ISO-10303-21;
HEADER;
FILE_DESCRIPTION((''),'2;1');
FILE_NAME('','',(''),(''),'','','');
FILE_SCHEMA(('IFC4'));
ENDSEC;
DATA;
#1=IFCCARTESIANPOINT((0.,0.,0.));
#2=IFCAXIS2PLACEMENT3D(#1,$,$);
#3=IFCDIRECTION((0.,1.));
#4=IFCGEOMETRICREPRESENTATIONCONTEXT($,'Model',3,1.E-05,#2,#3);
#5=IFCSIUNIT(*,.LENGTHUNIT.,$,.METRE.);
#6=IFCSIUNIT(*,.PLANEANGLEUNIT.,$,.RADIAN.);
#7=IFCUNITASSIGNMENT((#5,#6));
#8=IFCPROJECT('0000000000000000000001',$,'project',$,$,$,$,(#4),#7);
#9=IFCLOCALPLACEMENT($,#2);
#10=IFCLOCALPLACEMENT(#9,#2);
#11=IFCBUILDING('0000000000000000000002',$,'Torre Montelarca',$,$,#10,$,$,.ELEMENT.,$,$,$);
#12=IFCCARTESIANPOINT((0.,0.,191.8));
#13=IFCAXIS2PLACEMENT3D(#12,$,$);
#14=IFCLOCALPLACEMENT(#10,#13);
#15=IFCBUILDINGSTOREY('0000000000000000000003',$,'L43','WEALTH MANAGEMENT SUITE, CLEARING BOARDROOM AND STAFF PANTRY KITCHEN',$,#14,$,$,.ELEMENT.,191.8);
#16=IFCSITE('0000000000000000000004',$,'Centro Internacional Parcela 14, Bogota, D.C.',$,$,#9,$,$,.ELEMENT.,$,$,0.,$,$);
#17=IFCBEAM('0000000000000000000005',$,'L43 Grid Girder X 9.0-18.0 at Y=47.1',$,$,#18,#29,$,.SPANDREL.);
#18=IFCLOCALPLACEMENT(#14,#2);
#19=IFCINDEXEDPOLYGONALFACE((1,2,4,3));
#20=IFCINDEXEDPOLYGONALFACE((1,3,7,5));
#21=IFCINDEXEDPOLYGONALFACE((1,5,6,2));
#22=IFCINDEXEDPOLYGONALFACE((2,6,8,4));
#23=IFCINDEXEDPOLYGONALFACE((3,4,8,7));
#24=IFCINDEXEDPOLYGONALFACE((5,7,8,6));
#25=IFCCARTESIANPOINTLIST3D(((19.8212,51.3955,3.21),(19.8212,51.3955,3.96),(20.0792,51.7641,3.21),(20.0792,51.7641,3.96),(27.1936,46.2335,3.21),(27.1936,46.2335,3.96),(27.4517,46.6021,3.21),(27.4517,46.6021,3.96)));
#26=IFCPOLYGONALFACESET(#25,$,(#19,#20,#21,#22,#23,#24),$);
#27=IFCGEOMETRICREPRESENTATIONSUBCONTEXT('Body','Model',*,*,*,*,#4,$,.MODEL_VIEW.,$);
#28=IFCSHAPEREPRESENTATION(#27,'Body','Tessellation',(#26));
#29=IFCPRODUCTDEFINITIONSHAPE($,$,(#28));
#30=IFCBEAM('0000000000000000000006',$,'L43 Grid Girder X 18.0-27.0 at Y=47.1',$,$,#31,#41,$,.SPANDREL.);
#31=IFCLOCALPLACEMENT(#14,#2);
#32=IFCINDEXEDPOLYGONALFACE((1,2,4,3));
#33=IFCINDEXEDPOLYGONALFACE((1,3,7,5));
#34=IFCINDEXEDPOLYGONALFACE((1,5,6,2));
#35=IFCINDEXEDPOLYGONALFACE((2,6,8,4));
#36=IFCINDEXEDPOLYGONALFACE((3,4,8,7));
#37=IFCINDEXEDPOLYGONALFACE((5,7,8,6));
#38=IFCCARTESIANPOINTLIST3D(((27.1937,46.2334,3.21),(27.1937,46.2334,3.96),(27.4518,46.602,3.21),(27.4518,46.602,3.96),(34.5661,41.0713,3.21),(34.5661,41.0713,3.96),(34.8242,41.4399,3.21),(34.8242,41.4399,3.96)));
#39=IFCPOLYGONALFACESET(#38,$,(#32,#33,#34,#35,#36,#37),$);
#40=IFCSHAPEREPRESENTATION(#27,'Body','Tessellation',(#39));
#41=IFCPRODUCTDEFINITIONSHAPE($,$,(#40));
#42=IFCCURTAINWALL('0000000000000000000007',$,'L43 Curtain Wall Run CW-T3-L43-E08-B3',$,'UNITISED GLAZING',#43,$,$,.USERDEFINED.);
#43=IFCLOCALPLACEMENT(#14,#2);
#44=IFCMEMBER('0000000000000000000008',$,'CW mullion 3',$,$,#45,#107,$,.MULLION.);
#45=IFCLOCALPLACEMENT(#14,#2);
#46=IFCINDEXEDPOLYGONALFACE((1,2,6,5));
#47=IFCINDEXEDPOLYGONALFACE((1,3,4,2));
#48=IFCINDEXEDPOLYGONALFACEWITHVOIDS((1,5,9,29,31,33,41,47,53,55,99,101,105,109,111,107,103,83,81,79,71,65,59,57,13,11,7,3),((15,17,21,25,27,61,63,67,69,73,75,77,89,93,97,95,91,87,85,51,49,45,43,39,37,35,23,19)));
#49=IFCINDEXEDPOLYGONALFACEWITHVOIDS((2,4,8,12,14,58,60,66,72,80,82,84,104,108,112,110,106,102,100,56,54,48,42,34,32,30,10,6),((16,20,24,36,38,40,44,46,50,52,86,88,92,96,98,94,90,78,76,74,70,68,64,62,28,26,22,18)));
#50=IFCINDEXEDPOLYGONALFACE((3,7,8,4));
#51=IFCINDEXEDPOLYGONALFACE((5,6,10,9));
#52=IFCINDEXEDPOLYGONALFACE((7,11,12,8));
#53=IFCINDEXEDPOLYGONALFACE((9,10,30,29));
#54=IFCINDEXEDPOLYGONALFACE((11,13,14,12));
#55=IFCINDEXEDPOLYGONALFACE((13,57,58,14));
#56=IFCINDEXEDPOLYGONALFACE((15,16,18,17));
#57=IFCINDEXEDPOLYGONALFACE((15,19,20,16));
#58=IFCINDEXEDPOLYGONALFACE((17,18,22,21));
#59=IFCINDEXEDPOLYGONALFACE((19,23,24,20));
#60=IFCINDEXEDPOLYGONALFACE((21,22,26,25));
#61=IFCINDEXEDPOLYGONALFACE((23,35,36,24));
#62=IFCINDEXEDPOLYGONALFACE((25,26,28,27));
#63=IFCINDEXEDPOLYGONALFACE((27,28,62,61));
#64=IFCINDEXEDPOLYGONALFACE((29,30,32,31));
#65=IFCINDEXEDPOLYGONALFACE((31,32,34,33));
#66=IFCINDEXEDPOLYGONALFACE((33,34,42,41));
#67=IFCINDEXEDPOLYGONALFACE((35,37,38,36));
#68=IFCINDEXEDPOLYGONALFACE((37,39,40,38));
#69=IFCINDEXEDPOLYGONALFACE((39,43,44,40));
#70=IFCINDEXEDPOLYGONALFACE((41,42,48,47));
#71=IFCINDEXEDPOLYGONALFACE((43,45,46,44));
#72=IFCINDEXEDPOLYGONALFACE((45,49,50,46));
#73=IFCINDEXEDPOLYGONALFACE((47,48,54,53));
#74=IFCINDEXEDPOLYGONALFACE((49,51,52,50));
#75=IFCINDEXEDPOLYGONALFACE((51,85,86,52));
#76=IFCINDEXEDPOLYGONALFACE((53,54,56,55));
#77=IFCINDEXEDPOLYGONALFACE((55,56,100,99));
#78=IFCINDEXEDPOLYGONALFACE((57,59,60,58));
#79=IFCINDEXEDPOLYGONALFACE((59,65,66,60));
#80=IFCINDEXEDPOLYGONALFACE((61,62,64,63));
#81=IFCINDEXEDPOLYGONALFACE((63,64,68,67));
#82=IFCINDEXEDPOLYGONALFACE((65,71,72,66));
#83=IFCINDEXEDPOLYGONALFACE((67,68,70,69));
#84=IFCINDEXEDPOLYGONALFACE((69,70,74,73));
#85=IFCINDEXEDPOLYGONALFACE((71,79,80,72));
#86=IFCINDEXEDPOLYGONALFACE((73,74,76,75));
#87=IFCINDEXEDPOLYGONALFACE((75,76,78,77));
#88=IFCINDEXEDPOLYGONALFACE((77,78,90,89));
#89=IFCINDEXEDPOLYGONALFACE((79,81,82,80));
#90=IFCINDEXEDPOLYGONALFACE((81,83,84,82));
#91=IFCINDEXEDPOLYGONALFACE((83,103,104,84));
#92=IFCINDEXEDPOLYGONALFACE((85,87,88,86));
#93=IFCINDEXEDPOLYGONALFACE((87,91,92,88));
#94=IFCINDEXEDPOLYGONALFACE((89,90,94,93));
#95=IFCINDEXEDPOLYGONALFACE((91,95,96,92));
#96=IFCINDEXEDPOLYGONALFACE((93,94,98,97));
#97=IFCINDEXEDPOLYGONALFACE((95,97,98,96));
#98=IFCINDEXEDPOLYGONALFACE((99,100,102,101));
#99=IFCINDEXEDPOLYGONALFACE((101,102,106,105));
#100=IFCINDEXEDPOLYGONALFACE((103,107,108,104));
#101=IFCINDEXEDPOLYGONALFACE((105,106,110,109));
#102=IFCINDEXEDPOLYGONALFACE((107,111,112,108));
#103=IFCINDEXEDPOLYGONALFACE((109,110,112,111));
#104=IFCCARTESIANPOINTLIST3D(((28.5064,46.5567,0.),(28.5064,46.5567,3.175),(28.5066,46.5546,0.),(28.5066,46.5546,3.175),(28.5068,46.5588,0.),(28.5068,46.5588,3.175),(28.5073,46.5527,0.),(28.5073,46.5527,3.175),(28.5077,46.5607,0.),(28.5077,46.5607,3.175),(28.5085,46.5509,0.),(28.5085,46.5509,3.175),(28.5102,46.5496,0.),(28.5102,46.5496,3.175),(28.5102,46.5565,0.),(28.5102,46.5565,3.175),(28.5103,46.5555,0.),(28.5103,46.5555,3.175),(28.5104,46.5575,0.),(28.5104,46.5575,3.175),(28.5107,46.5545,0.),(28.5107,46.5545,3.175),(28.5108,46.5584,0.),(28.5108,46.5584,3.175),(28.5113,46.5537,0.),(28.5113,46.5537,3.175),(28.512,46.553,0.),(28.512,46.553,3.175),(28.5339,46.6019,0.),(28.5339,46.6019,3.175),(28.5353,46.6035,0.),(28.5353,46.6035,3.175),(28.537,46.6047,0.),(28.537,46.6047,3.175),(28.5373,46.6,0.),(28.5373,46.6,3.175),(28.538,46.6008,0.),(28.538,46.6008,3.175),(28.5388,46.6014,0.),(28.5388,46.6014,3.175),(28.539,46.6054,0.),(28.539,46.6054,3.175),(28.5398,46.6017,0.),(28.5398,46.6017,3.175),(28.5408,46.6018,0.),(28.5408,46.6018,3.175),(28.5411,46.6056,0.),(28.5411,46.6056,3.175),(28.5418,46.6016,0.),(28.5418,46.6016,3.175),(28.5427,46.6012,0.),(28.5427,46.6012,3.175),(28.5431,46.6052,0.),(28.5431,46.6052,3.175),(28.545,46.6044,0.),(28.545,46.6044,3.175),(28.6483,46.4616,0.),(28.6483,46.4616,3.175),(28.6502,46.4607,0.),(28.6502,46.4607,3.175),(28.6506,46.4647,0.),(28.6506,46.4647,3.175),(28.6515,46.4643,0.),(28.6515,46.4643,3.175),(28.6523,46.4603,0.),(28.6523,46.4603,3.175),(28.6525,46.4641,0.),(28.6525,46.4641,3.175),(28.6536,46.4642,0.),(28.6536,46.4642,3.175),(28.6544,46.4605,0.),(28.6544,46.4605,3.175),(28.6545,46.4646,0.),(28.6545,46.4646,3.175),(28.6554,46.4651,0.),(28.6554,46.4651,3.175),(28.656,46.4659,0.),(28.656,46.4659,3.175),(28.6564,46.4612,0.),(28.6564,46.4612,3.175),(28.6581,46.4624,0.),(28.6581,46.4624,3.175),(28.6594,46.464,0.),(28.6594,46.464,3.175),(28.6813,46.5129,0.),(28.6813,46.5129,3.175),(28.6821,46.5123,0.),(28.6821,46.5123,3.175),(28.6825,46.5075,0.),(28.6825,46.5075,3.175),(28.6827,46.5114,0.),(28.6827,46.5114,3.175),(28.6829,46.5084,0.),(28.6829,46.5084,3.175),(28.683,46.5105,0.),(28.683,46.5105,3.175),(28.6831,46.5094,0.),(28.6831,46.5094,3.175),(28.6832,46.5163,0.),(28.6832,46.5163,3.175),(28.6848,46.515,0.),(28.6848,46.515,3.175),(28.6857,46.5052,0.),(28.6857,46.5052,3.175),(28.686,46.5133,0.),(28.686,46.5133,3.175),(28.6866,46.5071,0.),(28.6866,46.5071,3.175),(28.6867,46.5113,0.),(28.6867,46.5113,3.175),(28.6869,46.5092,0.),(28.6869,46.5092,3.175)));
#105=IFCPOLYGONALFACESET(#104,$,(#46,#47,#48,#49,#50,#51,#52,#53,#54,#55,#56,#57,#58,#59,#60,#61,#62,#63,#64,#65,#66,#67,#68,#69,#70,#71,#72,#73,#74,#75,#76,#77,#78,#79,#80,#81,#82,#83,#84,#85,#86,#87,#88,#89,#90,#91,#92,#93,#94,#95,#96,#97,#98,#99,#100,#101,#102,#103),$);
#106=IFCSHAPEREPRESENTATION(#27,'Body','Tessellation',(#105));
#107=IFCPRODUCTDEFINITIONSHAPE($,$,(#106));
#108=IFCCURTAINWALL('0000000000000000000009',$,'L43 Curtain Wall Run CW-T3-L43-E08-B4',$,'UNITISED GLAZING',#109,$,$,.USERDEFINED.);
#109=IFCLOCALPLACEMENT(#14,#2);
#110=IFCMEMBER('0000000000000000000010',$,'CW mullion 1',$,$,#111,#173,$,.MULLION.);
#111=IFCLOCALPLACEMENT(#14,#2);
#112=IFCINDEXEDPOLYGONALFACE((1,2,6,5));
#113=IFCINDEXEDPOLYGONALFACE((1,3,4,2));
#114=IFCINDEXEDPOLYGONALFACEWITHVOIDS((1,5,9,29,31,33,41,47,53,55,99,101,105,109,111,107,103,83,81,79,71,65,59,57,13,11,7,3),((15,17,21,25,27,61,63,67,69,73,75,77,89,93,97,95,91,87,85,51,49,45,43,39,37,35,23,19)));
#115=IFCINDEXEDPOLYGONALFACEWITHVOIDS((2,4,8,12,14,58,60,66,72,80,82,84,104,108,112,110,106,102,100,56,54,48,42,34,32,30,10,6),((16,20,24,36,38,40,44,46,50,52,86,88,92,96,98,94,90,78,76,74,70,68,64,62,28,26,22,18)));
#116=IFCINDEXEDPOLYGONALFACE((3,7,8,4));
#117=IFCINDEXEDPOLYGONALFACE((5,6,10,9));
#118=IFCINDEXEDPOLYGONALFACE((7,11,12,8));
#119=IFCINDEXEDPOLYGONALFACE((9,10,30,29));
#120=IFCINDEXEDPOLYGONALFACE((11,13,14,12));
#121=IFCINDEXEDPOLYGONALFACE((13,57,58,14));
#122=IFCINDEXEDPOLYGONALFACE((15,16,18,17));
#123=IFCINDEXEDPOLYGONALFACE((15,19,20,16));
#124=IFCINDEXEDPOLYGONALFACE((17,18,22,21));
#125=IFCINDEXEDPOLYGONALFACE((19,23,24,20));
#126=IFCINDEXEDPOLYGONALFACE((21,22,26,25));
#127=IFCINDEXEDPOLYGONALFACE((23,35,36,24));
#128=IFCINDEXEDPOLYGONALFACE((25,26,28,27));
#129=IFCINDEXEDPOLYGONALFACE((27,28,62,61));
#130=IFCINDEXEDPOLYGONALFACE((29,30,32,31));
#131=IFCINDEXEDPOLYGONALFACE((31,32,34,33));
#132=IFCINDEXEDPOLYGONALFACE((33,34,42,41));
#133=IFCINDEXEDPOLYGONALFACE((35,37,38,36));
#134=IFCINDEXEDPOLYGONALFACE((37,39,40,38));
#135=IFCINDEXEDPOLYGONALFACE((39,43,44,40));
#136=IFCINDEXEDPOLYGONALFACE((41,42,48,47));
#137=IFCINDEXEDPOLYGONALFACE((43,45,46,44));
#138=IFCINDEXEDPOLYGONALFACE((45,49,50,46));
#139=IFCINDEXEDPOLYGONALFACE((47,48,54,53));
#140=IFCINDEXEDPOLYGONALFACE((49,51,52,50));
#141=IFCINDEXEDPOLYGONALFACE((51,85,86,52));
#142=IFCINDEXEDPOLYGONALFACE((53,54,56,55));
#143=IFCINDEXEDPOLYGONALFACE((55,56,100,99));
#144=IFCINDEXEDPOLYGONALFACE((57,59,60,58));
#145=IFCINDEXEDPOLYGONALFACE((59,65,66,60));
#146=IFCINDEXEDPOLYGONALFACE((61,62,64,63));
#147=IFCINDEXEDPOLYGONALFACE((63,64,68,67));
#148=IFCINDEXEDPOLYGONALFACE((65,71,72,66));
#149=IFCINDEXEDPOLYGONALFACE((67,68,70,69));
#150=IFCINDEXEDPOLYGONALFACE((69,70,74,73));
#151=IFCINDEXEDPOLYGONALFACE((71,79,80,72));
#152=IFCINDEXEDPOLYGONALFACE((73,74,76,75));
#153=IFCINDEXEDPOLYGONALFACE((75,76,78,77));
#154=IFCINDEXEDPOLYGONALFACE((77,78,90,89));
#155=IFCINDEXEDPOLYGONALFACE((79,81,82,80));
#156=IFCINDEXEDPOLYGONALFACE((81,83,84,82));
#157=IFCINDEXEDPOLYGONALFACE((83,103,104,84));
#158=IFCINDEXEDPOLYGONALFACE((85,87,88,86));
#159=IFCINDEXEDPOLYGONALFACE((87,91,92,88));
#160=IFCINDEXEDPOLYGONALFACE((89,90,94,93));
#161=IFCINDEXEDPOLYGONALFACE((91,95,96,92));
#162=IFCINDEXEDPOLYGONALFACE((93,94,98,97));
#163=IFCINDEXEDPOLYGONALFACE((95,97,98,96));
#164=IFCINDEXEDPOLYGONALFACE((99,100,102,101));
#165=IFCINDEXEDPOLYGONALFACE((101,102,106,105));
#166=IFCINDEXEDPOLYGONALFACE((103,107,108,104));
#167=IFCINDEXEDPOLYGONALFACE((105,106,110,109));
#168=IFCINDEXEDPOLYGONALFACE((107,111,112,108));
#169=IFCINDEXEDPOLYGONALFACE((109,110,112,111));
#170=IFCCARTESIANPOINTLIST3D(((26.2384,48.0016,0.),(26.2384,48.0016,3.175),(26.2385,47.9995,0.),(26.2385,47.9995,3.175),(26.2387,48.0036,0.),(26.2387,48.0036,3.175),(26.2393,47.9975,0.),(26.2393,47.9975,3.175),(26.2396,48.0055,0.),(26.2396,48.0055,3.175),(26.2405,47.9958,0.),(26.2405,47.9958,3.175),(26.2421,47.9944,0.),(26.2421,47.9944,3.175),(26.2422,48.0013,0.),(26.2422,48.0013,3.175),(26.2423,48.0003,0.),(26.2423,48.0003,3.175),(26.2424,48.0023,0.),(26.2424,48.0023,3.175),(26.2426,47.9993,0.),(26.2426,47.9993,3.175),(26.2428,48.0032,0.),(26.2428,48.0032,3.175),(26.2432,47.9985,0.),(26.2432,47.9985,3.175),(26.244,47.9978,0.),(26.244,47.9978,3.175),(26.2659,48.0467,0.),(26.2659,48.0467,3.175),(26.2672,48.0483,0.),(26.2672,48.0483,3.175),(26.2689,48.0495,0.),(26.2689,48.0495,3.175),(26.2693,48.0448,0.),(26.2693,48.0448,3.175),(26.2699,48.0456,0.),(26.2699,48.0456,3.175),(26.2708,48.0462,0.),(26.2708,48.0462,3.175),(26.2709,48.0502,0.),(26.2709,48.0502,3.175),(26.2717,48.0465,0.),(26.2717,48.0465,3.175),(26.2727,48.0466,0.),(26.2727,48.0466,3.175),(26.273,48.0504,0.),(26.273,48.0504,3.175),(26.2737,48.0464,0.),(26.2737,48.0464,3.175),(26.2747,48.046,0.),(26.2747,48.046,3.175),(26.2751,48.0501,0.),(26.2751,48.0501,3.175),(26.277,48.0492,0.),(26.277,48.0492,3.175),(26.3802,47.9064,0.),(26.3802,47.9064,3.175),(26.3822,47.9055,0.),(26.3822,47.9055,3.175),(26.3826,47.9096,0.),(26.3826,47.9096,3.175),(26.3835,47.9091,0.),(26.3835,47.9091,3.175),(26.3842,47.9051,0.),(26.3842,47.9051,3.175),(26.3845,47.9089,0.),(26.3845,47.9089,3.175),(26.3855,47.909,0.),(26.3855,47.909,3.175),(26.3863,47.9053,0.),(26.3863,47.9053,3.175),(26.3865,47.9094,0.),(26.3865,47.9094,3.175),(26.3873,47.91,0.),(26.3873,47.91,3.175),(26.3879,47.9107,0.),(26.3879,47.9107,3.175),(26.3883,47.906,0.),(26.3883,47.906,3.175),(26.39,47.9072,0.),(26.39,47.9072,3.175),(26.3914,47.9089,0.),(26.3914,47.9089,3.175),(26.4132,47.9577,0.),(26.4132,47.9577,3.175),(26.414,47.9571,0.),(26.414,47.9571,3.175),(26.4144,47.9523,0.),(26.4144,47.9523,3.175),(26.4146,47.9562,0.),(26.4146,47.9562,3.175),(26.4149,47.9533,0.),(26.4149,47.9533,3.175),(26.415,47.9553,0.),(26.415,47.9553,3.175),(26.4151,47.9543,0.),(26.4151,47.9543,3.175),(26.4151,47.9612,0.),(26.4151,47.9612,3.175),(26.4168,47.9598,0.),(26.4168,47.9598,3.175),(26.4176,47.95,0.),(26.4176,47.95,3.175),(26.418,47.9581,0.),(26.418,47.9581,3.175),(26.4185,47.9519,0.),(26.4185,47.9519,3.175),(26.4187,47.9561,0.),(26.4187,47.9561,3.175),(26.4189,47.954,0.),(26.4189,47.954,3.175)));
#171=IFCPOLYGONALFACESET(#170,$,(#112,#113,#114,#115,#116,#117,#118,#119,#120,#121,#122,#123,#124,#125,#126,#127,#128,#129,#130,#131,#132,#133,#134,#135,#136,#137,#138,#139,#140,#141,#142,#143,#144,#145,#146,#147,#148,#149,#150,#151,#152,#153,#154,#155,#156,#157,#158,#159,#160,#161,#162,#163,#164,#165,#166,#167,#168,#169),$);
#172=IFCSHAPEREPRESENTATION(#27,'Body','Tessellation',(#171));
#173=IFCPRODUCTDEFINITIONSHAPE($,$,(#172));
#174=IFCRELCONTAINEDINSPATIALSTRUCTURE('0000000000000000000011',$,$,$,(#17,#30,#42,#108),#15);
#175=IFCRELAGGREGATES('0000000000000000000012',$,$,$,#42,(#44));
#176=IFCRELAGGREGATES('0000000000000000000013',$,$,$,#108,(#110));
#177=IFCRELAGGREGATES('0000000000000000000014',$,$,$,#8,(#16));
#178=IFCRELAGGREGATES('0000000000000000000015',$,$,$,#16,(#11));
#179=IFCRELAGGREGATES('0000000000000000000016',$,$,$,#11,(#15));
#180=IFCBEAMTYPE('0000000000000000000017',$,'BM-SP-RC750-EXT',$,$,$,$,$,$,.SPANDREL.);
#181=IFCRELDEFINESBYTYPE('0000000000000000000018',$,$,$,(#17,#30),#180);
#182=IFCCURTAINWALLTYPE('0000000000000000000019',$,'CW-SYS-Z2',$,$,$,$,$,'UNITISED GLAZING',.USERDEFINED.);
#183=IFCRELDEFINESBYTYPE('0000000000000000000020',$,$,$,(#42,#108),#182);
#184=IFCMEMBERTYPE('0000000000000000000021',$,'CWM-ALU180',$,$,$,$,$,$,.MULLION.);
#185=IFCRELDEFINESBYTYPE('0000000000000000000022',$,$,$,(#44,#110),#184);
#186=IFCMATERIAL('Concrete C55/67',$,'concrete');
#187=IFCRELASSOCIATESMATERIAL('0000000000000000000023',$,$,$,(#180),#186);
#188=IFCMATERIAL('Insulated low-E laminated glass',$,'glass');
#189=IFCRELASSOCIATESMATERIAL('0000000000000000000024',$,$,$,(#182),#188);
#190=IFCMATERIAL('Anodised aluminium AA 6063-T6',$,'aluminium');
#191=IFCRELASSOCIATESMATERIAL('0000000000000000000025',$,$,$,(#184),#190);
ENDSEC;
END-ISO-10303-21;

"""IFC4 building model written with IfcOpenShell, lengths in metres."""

from ifc_helpers import new_model, si_unit, direction, frame, origin, origin_2d, place, context, subcontext, project, spatial, rectangle, hollow_rectangle, extrude, source, transform, mapped, material, material_profile, profile_set, type_object, element, aggregate, save


model = new_model("IFC4")

# Units and contexts
model_context = context("Model", 3, precision=1e-05, world=origin(), true_north=direction((0.0, 1.0)))
body_context = subcontext(model_context, "Body", "Model", "MODEL_VIEW")
ifc_project = project(units=[si_unit("LENGTHUNIT", "METRE"), si_unit("PLANEANGLEUNIT", "RADIAN")], contexts=[model_context])

# Site, building, storey
site_placement = place(None, origin())
site = spatial("IfcSite", under=ifc_project, at=site_placement, Name="Centro Internacional Parcela 14, Bogota, D.C.", CompositionType="ELEMENT", RefElevation=0.0)
building_placement = place(site_placement, origin())
building = spatial("IfcBuilding", under=site, at=building_placement, Name="Torre Montelarca", CompositionType="ELEMENT")
storey_placement = place(building_placement, frame((0.0, 0.0, 191.8)))
storey = spatial("IfcBuildingStorey", under=building, at=storey_placement, Name="L43", Description="WEALTH MANAGEMENT SUITE, CLEARING BOARDROOM AND STAFF PANTRY KITCHEN", CompositionType="ELEMENT", Elevation=191.8)

# Shared definitions
ifc_material_1 = material(Name="Concrete C55/67", Category="concrete")

# Beams
ifc_material_profile_1 = material_profile(ifc_material_1, rectangle(XDim=0.45, YDim=0.75, at=origin_2d()), Name="RCB450X750", Category="concrete")
ifc_profile_set_1 = profile_set([ifc_material_profile_1], Name="Concrete C55/67")
beam_type = type_object("IfcBeamType", Name="BM-SP-RC750-EXT", PredefinedType="SPANDREL", material=ifc_profile_set_1)
shared_shape_1 = source(origin(), body_context, "Body", "SweptSolid", [
    extrude(rectangle(XDim=0.45, YDim=0.75, at=origin_2d()), origin(), (0.0, 0.0, 1.0), 9.0),
])
for number, where, z_axis, x_axis, name in (
    (1, (19.9502, 51.5798, 3.585), (0.819163, -0.573561, 0.0), (0.573561, 0.819163, 0.0), "L43 Grid Girder X 9.0-18.0 at Y=47.1"),
    (2, (27.3228, 46.4177, 3.585), (0.819154, -0.573573, 0.0), (0.573573, 0.819154, 0.0), "L43 Grid Girder X 18.0-27.0 at Y=47.1"),
):
    element("IfcBeam", number, at=place(storey_placement, frame(where, z_axis=z_axis, x_axis=x_axis)), inside=storey, type_object=beam_type, Name=name, PredefinedType="SPANDREL", context=body_context, shape_type="MappedRepresentation", body=[
        mapped(shared_shape_1, transform((0.0, 0.0, 0.0), scale=1.0)),
    ])

# Curtain wall, member
ifc_material_2 = material(Name="Insulated low-E laminated glass", Category="glass")
curtain_wall_type = type_object("IfcCurtainWallType", Name="CW-SYS-Z2", ElementType="UNITISED GLAZING", PredefinedType="USERDEFINED", material=ifc_material_2)
curtain_wall_1_placement = place(storey_placement, origin())
curtain_wall_1 = element("IfcCurtainWall", 3, at=curtain_wall_1_placement, inside=storey, type_object=curtain_wall_type, Name="L43 Curtain Wall Run CW-T3-L43-E08-B3", ObjectType="UNITISED GLAZING", PredefinedType="USERDEFINED")
ifc_material_3 = material(Name="Anodised aluminium AA 6063-T6", Category="aluminium")
ifc_material_profile_2 = material_profile(ifc_material_3, hollow_rectangle(XDim=0.0649, YDim=0.1799, WallThickness=0.0039, InnerFilletRadius=0.0039, OuterFilletRadius=0.0081, at=origin_2d()), Name="ALU65X180X4", Category="aluminium")
ifc_profile_set_2 = profile_set([ifc_material_profile_2], Name="Anodised aluminium AA 6063-T6")
member_type_1 = type_object("IfcMemberType", Name="CWM-ALU180", PredefinedType="MULLION", material=ifc_profile_set_2)
shared_shape_2 = source(origin(), body_context, "Body", "SweptSolid", [
    extrude(hollow_rectangle(XDim=0.0649, YDim=0.1799, WallThickness=0.0039, InnerFilletRadius=0.0039, OuterFilletRadius=0.0081, at=origin_2d()), origin(), (0.0, 0.0, 1.0), 3.175),
])
member_1_placement = place(storey_placement, frame((28.5967, 46.533, 0.0), z_axis=(0.0, 0.0, 1.0), x_axis=(-0.537298, -0.843393, 0.0)))
member_1 = element("IfcMember", 4, at=member_1_placement, type_object=member_type_1, Name="CW mullion 3", PredefinedType="MULLION", context=body_context, shape_type="MappedRepresentation", body=[
    mapped(shared_shape_2, transform((0.0, 0.0, 0.0), scale=1.0)),
])

# Curtain wall, member
curtain_wall_2_placement = place(storey_placement, origin())
curtain_wall_2 = element("IfcCurtainWall", 5, at=curtain_wall_2_placement, inside=storey, type_object=curtain_wall_type, Name="L43 Curtain Wall Run CW-T3-L43-E08-B4", ObjectType="UNITISED GLAZING", PredefinedType="USERDEFINED")
member_2_placement = place(storey_placement, frame((26.3286, 47.9778, 0.0), z_axis=(0.0, 0.0, 1.0), x_axis=(-0.537307, -0.843387, 0.0)))
member_2 = element("IfcMember", 6, at=member_2_placement, type_object=member_type_1, Name="CW mullion 1", PredefinedType="MULLION", context=body_context, shape_type="MappedRepresentation", body=[
    mapped(shared_shape_2, transform((0.0, 0.0, 0.0), scale=1.0)),
])

aggregate(curtain_wall_1, [member_1])
aggregate(curtain_wall_2, [member_2])

save(model, "model.ifc")
